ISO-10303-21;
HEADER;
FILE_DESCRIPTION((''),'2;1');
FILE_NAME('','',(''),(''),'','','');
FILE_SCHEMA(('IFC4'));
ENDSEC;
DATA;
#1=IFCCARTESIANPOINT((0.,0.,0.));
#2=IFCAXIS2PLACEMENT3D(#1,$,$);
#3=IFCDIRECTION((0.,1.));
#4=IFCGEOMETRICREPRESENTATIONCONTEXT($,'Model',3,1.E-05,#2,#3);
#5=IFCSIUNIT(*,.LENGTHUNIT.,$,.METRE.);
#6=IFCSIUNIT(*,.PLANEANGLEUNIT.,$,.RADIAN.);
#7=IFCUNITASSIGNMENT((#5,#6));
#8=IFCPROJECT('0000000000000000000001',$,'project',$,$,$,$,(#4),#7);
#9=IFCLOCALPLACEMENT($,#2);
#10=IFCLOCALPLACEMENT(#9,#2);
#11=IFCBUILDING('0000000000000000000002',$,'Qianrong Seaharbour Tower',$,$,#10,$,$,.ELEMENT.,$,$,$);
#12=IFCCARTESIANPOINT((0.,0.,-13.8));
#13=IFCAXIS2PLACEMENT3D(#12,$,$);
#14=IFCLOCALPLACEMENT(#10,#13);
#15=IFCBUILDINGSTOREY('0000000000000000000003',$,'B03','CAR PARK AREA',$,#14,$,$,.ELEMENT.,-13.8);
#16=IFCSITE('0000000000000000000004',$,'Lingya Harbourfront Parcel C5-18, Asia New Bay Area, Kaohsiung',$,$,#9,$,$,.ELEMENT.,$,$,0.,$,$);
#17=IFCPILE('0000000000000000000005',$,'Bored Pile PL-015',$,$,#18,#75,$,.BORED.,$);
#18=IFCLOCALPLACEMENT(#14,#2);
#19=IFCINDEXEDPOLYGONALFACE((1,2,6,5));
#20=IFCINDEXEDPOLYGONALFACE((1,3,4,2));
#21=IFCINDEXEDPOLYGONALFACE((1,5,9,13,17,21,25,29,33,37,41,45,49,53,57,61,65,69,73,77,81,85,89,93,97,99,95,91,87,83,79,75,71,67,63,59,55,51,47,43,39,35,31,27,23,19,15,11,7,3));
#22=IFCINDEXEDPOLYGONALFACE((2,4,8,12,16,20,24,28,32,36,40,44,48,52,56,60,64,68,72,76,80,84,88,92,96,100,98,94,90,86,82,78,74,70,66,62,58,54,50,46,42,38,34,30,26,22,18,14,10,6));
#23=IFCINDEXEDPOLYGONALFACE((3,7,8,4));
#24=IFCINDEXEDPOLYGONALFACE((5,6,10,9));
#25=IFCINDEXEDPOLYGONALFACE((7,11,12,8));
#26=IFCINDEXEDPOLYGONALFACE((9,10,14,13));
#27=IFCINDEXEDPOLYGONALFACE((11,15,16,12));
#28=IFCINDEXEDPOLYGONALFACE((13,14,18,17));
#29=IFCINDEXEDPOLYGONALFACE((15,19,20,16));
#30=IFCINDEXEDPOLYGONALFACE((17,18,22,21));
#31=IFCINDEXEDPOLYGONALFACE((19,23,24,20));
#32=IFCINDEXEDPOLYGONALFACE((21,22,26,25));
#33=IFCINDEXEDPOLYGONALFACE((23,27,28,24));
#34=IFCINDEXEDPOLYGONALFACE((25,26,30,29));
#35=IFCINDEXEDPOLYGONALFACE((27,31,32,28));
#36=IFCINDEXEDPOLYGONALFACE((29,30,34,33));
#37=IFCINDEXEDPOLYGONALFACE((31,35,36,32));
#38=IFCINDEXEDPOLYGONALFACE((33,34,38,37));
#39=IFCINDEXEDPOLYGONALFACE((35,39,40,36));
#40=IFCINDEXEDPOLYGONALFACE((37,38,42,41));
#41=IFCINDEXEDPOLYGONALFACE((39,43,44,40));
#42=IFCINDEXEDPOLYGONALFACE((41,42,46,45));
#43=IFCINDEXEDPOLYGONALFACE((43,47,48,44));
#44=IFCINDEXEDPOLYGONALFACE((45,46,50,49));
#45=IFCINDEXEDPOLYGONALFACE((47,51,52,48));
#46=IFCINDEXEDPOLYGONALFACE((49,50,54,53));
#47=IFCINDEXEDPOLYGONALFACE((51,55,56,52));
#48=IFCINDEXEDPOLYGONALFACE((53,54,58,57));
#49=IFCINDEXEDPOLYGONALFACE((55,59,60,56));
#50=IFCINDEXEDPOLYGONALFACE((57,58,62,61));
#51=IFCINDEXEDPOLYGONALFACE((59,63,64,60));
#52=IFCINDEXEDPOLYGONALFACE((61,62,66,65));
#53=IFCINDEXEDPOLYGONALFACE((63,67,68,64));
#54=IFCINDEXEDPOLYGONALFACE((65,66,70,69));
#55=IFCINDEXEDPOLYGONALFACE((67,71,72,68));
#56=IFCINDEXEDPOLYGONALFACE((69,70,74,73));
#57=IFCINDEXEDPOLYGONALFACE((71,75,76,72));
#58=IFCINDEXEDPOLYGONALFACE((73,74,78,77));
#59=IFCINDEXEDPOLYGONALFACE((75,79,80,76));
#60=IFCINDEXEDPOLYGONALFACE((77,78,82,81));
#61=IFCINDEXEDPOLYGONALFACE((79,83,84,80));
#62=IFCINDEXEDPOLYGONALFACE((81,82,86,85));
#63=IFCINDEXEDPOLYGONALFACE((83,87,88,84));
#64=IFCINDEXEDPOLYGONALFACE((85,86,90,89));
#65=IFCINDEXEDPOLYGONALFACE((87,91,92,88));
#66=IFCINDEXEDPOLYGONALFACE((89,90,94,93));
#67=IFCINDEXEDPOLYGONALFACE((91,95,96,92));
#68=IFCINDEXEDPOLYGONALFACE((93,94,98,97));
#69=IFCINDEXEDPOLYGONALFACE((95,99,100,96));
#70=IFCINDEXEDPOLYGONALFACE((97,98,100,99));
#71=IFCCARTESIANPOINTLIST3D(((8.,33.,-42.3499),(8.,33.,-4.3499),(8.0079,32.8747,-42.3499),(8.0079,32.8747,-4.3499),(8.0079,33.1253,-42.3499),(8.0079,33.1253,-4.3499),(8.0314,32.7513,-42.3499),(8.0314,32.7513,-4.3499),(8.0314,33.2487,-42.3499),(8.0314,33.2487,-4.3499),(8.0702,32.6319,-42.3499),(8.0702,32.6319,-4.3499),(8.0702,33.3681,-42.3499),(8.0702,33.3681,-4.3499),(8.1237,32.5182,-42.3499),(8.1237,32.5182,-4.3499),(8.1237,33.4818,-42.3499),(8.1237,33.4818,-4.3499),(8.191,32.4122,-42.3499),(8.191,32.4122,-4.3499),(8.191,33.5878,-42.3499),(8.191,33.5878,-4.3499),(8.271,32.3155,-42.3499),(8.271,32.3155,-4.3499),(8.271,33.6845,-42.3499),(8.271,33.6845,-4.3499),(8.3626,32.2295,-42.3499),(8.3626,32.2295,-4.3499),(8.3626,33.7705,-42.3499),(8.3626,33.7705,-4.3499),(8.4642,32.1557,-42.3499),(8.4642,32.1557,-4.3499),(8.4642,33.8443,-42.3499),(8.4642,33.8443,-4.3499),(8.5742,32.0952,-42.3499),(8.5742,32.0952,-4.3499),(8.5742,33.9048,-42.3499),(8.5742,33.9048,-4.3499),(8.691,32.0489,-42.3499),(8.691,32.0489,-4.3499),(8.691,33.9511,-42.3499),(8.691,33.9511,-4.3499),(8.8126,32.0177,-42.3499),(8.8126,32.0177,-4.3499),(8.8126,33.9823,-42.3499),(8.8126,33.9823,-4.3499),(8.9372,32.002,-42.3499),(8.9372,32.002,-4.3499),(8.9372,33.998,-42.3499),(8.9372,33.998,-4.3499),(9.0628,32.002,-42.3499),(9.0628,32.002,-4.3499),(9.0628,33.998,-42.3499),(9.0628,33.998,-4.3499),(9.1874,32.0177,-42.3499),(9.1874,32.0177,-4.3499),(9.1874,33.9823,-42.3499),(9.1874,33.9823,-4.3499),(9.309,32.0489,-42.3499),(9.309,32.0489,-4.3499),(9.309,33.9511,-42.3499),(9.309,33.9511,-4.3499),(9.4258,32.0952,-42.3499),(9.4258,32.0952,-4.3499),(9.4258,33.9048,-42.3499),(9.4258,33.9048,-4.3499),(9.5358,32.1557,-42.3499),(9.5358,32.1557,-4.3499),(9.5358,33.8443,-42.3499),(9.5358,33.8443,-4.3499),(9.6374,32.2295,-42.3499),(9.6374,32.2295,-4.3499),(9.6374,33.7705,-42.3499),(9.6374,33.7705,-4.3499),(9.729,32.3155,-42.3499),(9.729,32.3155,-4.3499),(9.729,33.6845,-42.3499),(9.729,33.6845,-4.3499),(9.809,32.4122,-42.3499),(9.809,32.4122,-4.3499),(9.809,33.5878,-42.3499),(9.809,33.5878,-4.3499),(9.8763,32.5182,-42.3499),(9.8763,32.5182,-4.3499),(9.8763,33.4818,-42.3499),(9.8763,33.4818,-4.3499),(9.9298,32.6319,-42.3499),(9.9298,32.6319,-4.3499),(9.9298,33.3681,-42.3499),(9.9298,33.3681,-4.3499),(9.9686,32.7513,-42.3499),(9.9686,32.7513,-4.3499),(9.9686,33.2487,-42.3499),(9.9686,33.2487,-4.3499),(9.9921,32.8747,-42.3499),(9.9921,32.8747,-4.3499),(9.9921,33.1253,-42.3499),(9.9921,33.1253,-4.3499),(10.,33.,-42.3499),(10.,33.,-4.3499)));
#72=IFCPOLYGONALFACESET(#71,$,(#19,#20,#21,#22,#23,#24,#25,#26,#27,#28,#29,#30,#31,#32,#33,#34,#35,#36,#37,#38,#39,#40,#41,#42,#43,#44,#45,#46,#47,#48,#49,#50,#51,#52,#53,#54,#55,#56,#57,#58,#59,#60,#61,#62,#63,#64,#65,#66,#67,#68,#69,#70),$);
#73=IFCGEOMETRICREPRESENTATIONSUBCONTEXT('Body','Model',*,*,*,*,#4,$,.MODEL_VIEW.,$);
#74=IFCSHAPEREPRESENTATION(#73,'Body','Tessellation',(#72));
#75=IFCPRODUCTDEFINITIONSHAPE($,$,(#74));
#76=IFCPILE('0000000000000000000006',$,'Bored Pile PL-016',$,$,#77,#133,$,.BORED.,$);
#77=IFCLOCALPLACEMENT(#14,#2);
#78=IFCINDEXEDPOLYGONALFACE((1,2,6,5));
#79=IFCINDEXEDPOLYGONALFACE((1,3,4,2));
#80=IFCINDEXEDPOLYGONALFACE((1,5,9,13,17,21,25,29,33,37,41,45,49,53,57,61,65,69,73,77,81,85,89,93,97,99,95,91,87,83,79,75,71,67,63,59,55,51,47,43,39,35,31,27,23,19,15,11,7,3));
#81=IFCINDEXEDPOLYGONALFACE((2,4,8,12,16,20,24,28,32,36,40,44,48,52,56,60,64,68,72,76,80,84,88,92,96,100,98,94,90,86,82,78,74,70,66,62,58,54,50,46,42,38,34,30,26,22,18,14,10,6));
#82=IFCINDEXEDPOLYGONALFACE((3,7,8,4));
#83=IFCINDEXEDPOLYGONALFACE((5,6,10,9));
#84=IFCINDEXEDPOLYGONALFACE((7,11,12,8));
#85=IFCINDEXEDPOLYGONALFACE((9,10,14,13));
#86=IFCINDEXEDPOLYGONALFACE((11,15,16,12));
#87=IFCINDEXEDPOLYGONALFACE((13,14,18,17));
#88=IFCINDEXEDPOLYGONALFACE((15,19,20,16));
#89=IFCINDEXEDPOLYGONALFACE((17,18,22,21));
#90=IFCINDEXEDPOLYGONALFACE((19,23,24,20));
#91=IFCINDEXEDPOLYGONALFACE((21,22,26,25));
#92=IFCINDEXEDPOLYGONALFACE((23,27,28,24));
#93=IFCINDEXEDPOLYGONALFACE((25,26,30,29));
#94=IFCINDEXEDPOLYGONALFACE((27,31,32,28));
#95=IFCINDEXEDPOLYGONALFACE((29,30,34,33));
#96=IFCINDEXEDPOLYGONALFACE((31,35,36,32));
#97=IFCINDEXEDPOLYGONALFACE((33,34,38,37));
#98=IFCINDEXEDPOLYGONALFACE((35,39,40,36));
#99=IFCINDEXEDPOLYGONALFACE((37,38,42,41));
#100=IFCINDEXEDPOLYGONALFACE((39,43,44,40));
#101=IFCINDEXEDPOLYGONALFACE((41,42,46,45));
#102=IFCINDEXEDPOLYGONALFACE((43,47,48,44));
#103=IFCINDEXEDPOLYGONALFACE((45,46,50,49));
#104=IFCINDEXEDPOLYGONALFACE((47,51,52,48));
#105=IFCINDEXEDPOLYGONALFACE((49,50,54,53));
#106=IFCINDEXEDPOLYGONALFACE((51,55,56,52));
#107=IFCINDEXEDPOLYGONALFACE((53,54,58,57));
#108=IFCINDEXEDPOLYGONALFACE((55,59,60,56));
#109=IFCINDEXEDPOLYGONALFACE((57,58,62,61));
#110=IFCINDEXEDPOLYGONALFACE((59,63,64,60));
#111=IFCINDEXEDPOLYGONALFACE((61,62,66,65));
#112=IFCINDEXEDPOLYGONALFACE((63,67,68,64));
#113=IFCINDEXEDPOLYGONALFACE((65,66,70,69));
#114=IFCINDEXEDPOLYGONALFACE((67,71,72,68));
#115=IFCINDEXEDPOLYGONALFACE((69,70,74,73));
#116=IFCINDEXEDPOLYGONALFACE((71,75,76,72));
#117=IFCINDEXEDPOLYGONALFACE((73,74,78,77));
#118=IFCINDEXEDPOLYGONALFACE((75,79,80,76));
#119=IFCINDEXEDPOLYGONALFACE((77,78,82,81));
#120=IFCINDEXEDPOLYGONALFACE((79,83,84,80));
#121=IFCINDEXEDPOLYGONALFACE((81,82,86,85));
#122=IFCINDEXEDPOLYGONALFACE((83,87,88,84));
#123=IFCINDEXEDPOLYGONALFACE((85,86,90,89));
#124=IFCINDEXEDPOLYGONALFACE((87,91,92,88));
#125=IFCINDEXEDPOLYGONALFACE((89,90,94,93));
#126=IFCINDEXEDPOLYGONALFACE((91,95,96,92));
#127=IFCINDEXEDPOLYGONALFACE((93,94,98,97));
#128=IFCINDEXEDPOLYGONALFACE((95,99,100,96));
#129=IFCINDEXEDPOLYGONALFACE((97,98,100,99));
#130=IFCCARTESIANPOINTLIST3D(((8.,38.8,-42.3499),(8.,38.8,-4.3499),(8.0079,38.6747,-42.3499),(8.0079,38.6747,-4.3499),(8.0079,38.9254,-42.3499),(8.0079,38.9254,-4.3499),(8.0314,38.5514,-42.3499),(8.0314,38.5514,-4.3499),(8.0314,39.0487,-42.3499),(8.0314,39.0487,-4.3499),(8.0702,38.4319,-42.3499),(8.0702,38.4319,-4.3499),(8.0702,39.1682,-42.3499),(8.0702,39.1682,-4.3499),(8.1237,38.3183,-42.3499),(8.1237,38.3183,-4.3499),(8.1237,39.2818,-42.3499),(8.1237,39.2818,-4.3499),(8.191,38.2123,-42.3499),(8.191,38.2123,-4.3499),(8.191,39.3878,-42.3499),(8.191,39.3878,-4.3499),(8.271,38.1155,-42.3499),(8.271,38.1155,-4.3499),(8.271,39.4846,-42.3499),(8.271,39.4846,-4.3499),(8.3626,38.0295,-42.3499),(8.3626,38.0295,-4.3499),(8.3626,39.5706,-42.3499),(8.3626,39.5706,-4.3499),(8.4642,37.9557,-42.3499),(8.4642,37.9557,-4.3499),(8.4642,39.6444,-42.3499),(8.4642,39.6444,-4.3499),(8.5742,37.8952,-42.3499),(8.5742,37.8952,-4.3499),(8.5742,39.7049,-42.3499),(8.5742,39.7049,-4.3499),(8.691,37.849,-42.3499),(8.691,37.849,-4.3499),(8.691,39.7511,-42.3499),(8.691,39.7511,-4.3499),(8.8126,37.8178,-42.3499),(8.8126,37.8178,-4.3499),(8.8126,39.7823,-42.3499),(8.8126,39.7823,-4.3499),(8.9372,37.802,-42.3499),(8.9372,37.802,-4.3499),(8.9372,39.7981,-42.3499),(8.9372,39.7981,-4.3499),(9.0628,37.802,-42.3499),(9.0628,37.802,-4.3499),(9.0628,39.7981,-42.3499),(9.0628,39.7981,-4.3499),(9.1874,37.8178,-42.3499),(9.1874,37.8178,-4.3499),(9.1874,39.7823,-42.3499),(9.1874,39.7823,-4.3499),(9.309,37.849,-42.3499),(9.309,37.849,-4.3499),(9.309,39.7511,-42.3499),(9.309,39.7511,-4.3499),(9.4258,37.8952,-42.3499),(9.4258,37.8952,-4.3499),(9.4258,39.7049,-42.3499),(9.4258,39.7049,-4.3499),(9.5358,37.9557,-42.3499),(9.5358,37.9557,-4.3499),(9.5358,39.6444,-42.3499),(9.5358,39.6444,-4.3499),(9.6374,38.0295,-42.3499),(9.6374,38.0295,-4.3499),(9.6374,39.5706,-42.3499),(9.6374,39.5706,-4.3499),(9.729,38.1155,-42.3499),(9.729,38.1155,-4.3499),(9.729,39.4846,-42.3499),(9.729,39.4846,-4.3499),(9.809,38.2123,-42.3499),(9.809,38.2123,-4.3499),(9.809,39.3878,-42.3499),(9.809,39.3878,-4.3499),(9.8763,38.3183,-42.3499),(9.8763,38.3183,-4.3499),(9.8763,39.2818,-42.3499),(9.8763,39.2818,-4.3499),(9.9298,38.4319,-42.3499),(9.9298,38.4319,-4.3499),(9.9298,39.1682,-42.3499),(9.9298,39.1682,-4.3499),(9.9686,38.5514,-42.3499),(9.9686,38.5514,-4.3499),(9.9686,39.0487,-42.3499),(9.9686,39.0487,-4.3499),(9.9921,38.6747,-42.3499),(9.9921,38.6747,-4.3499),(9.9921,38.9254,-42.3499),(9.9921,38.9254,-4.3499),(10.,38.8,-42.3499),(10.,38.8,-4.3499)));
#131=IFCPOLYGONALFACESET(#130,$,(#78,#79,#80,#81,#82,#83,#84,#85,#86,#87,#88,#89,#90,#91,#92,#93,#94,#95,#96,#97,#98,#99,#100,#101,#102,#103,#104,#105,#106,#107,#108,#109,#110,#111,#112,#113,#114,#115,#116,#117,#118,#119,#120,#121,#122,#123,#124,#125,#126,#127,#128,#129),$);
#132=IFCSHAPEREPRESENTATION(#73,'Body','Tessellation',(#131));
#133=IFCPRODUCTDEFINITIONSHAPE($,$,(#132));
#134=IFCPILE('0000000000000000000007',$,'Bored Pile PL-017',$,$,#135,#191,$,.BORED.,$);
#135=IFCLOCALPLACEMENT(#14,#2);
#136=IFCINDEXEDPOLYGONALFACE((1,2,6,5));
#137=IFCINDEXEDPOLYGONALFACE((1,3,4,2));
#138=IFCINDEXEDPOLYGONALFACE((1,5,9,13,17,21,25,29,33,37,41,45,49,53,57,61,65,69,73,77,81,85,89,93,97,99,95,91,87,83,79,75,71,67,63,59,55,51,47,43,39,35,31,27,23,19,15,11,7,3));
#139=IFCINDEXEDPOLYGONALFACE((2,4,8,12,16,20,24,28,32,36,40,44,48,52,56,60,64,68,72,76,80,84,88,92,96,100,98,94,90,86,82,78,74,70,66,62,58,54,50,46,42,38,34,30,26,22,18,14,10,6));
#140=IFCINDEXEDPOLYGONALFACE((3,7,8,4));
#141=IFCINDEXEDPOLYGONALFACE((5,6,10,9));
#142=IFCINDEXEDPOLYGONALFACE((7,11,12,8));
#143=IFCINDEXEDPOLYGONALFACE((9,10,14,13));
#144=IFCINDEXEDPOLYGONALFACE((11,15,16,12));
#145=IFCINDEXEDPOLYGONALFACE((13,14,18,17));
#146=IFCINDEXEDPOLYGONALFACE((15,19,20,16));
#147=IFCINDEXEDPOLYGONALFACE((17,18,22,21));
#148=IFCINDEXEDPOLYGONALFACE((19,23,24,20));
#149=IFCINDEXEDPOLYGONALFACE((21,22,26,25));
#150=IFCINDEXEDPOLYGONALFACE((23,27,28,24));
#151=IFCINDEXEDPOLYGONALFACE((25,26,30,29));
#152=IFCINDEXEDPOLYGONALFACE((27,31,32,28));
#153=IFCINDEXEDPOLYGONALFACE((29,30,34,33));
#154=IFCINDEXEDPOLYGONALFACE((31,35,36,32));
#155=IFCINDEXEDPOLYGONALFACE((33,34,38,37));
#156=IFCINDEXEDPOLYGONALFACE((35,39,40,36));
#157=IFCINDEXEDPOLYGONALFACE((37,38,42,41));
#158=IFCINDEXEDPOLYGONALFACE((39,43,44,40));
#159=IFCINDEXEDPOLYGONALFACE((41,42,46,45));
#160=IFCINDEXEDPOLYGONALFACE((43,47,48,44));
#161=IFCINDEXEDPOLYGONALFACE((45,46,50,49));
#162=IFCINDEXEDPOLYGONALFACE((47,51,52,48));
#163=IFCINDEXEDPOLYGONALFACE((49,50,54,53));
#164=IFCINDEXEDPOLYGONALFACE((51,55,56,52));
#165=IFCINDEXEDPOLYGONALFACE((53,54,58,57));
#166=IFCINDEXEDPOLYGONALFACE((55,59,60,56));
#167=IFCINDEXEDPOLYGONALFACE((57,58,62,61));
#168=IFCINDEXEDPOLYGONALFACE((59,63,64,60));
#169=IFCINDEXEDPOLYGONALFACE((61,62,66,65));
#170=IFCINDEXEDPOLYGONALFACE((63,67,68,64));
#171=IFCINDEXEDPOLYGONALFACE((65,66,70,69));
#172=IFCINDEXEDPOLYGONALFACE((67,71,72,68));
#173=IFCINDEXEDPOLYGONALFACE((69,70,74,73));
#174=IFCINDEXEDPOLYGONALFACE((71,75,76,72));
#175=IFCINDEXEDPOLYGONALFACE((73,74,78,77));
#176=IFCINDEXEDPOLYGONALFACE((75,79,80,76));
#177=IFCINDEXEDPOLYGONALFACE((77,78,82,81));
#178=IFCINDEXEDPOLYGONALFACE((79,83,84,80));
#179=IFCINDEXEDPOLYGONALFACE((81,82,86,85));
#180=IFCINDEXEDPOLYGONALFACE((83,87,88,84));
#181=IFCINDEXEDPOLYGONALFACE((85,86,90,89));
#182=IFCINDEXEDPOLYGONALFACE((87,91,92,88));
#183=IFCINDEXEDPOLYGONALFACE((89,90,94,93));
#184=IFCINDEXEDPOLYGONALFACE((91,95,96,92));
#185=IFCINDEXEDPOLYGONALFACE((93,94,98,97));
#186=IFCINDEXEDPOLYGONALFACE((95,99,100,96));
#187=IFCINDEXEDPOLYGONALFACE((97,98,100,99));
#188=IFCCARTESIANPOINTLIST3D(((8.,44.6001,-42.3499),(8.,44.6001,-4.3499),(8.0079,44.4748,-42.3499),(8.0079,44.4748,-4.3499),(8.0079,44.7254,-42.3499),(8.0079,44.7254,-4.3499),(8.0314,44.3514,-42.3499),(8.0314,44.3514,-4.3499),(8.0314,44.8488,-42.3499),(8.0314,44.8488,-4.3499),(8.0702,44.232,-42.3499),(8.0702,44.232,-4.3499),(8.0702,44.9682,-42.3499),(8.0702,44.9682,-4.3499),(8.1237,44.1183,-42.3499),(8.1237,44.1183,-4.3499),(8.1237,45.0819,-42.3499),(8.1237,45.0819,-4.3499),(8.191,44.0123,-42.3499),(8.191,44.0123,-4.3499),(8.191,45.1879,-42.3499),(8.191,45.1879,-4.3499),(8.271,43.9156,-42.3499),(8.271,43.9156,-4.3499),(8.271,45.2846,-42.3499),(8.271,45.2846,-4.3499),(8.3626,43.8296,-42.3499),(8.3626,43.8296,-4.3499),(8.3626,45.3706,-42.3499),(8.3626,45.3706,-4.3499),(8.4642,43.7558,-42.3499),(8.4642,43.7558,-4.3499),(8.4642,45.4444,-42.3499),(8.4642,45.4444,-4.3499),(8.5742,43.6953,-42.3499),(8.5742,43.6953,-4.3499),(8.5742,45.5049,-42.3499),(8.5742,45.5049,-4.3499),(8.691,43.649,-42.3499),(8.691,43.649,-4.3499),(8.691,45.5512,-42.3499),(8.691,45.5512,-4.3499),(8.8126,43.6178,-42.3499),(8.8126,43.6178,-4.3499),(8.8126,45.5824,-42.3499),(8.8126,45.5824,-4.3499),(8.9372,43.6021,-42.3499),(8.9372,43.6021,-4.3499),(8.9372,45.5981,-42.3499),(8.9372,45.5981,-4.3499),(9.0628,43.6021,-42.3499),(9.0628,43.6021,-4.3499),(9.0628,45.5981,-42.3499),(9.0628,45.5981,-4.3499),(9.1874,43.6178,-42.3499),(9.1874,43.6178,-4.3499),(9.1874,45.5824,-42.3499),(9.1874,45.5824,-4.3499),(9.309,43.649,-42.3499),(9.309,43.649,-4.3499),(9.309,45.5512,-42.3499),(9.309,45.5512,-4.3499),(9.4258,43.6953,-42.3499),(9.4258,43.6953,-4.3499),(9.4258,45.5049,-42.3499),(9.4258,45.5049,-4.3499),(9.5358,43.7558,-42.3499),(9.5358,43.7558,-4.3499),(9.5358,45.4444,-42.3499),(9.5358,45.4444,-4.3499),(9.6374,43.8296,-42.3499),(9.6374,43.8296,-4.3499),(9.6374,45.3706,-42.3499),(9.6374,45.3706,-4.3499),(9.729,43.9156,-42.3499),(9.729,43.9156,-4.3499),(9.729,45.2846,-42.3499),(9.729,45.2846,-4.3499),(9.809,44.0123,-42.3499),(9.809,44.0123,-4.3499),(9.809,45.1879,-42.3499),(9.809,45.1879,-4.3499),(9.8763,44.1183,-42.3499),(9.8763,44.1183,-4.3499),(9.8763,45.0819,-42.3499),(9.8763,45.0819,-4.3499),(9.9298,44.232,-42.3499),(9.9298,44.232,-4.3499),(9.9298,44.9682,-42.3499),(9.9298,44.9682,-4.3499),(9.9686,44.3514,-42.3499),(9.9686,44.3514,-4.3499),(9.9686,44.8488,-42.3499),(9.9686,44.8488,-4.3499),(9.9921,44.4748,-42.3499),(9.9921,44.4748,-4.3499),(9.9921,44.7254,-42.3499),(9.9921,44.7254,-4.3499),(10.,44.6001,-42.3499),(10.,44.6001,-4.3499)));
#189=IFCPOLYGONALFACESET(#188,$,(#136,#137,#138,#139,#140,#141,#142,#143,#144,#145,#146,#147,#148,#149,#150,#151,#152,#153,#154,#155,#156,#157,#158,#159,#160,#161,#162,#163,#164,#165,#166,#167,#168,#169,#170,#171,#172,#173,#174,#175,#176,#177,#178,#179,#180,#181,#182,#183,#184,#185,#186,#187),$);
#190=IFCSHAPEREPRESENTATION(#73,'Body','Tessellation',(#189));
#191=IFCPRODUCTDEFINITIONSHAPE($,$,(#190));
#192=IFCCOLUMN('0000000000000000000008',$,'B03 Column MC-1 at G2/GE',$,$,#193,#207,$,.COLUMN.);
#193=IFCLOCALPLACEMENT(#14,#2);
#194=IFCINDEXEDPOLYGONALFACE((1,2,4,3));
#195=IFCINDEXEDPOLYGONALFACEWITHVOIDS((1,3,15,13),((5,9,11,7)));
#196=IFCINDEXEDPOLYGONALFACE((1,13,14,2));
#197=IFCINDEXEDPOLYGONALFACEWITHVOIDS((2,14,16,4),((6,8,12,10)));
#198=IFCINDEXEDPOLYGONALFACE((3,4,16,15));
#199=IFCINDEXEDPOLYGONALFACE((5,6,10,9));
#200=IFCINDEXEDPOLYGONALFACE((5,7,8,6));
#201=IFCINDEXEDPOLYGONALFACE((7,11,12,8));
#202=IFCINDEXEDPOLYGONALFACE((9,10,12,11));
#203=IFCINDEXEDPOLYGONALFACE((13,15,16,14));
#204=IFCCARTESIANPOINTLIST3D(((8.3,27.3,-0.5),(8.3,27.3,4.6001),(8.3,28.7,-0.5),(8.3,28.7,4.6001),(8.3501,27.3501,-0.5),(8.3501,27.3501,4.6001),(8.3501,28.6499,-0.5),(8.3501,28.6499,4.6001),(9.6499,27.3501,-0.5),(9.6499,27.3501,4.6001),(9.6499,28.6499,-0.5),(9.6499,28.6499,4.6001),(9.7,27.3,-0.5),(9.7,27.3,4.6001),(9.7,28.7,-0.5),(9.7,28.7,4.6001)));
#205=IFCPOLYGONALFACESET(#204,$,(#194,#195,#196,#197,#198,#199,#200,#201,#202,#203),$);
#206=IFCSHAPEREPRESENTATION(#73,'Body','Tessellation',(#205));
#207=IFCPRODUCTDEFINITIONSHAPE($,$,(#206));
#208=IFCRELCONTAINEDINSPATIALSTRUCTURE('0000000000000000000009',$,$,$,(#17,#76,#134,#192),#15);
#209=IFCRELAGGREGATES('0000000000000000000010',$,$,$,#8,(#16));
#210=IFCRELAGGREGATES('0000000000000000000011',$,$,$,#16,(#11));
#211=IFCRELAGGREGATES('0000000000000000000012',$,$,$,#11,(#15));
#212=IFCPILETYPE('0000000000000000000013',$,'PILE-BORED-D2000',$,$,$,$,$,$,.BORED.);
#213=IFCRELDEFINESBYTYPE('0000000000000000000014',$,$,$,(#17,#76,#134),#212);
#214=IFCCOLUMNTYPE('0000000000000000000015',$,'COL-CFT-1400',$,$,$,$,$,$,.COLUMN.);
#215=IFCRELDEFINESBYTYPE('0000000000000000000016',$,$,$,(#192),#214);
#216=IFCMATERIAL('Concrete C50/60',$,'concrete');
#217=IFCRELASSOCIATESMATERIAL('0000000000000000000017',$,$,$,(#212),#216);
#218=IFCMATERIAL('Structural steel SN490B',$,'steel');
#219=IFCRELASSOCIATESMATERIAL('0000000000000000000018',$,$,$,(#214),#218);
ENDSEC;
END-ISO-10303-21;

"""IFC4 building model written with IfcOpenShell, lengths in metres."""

from ifc_helpers import new_model, si_unit, direction, frame, origin, origin_2d, place, context, subcontext, project, spatial, hollow_rectangle, circle, extrude, material, material_profile, profile_set, type_object, element, save


model = new_model("IFC4")

# Units and contexts
model_context = context("Model", 3, precision=1e-05, world=origin(), true_north=direction((0.0, 1.0)))
body_context = subcontext(model_context, "Body", "Model", "MODEL_VIEW")
ifc_project = project(units=[si_unit("LENGTHUNIT", "METRE"), si_unit("PLANEANGLEUNIT", "RADIAN")], contexts=[model_context])

# Site, building, storey
site_placement = place(None, origin())
site = spatial("IfcSite", under=ifc_project, at=site_placement, Name="Lingya Harbourfront Parcel C5-18, Asia New Bay Area, Kaohsiung", CompositionType="ELEMENT", RefElevation=0.0)
building_placement = place(site_placement, origin())
building = spatial("IfcBuilding", under=site, at=building_placement, Name="Qianrong Seaharbour Tower", CompositionType="ELEMENT")
storey_placement = place(building_placement, frame((0.0, 0.0, -13.8)))
storey = spatial("IfcBuildingStorey", under=building, at=storey_placement, Name="B03", Description="CAR PARK AREA", CompositionType="ELEMENT", Elevation=-13.8)

# Piles
ifc_material_1 = material(Name="Concrete C50/60", Category="concrete")
ifc_material_profile_1 = material_profile(ifc_material_1, circle(Radius=1.0, at=origin_2d()), Name="PILE-D2000")
ifc_profile_set_1 = profile_set([ifc_material_profile_1], Name="Concrete C50/60")
pile_type_1 = type_object("IfcPileType", Name="PILE-BORED-D2000", PredefinedType="BORED", material=ifc_profile_set_1)
for number, where, z_axis, x_axis, name in (
    (1, (9.0, 33.0, -4.3499), (0.0, 0.0, -1.0), (1.0, 0.0, 0.0), "Bored Pile PL-015"),
    (2, (9.0, 38.8, -4.3499), (0.0, 0.0, -1.0), (1.0, 0.0, 0.0), "Bored Pile PL-016"),
    (3, (9.0, 44.6001, -4.3499), (0.0, 0.0, -1.0), (1.0, 0.0, 0.0), "Bored Pile PL-017"),
):
    element("IfcPile", number, at=place(storey_placement, frame(where, z_axis=z_axis, x_axis=x_axis)), inside=storey, type_object=pile_type_1, Name=name, PredefinedType="BORED", context=body_context, shape_type="SweptSolid", body=[
        extrude(circle(Radius=1.0, at=origin_2d()), origin(), (0.0, 0.0, 1.0), 38.0),
    ])

# Column
ifc_material_2 = material(Name="Structural steel SN490B", Category="steel")
ifc_material_profile_2 = material_profile(ifc_material_2, hollow_rectangle(XDim=1.3999, YDim=1.3999, WallThickness=0.05, at=origin_2d()), Name="BOX1400x1400x50")
ifc_profile_set_2 = profile_set([ifc_material_profile_2], Name="Structural steel SN490B")
column_type_1 = type_object("IfcColumnType", Name="COL-CFT-1400", PredefinedType="COLUMN", material=ifc_profile_set_2)
for number, where, z_axis, x_axis, name in (
    (4, (9.0, 28.0, -0.5), (0.0, 0.0, 1.0), (1.0, 0.0, 0.0), "B03 Column MC-1 at G2/GE"),
):
    element("IfcColumn", number, at=place(storey_placement, frame(where, z_axis=z_axis, x_axis=x_axis)), inside=storey, type_object=column_type_1, Name=name, PredefinedType="COLUMN", context=body_context, shape_type="SweptSolid", body=[
        extrude(hollow_rectangle(XDim=1.3999, YDim=1.3999, WallThickness=0.05, at=origin_2d()), origin(), (0.0, 0.0, 1.0), 5.1001),
    ])

save(model, "model.ifc")
